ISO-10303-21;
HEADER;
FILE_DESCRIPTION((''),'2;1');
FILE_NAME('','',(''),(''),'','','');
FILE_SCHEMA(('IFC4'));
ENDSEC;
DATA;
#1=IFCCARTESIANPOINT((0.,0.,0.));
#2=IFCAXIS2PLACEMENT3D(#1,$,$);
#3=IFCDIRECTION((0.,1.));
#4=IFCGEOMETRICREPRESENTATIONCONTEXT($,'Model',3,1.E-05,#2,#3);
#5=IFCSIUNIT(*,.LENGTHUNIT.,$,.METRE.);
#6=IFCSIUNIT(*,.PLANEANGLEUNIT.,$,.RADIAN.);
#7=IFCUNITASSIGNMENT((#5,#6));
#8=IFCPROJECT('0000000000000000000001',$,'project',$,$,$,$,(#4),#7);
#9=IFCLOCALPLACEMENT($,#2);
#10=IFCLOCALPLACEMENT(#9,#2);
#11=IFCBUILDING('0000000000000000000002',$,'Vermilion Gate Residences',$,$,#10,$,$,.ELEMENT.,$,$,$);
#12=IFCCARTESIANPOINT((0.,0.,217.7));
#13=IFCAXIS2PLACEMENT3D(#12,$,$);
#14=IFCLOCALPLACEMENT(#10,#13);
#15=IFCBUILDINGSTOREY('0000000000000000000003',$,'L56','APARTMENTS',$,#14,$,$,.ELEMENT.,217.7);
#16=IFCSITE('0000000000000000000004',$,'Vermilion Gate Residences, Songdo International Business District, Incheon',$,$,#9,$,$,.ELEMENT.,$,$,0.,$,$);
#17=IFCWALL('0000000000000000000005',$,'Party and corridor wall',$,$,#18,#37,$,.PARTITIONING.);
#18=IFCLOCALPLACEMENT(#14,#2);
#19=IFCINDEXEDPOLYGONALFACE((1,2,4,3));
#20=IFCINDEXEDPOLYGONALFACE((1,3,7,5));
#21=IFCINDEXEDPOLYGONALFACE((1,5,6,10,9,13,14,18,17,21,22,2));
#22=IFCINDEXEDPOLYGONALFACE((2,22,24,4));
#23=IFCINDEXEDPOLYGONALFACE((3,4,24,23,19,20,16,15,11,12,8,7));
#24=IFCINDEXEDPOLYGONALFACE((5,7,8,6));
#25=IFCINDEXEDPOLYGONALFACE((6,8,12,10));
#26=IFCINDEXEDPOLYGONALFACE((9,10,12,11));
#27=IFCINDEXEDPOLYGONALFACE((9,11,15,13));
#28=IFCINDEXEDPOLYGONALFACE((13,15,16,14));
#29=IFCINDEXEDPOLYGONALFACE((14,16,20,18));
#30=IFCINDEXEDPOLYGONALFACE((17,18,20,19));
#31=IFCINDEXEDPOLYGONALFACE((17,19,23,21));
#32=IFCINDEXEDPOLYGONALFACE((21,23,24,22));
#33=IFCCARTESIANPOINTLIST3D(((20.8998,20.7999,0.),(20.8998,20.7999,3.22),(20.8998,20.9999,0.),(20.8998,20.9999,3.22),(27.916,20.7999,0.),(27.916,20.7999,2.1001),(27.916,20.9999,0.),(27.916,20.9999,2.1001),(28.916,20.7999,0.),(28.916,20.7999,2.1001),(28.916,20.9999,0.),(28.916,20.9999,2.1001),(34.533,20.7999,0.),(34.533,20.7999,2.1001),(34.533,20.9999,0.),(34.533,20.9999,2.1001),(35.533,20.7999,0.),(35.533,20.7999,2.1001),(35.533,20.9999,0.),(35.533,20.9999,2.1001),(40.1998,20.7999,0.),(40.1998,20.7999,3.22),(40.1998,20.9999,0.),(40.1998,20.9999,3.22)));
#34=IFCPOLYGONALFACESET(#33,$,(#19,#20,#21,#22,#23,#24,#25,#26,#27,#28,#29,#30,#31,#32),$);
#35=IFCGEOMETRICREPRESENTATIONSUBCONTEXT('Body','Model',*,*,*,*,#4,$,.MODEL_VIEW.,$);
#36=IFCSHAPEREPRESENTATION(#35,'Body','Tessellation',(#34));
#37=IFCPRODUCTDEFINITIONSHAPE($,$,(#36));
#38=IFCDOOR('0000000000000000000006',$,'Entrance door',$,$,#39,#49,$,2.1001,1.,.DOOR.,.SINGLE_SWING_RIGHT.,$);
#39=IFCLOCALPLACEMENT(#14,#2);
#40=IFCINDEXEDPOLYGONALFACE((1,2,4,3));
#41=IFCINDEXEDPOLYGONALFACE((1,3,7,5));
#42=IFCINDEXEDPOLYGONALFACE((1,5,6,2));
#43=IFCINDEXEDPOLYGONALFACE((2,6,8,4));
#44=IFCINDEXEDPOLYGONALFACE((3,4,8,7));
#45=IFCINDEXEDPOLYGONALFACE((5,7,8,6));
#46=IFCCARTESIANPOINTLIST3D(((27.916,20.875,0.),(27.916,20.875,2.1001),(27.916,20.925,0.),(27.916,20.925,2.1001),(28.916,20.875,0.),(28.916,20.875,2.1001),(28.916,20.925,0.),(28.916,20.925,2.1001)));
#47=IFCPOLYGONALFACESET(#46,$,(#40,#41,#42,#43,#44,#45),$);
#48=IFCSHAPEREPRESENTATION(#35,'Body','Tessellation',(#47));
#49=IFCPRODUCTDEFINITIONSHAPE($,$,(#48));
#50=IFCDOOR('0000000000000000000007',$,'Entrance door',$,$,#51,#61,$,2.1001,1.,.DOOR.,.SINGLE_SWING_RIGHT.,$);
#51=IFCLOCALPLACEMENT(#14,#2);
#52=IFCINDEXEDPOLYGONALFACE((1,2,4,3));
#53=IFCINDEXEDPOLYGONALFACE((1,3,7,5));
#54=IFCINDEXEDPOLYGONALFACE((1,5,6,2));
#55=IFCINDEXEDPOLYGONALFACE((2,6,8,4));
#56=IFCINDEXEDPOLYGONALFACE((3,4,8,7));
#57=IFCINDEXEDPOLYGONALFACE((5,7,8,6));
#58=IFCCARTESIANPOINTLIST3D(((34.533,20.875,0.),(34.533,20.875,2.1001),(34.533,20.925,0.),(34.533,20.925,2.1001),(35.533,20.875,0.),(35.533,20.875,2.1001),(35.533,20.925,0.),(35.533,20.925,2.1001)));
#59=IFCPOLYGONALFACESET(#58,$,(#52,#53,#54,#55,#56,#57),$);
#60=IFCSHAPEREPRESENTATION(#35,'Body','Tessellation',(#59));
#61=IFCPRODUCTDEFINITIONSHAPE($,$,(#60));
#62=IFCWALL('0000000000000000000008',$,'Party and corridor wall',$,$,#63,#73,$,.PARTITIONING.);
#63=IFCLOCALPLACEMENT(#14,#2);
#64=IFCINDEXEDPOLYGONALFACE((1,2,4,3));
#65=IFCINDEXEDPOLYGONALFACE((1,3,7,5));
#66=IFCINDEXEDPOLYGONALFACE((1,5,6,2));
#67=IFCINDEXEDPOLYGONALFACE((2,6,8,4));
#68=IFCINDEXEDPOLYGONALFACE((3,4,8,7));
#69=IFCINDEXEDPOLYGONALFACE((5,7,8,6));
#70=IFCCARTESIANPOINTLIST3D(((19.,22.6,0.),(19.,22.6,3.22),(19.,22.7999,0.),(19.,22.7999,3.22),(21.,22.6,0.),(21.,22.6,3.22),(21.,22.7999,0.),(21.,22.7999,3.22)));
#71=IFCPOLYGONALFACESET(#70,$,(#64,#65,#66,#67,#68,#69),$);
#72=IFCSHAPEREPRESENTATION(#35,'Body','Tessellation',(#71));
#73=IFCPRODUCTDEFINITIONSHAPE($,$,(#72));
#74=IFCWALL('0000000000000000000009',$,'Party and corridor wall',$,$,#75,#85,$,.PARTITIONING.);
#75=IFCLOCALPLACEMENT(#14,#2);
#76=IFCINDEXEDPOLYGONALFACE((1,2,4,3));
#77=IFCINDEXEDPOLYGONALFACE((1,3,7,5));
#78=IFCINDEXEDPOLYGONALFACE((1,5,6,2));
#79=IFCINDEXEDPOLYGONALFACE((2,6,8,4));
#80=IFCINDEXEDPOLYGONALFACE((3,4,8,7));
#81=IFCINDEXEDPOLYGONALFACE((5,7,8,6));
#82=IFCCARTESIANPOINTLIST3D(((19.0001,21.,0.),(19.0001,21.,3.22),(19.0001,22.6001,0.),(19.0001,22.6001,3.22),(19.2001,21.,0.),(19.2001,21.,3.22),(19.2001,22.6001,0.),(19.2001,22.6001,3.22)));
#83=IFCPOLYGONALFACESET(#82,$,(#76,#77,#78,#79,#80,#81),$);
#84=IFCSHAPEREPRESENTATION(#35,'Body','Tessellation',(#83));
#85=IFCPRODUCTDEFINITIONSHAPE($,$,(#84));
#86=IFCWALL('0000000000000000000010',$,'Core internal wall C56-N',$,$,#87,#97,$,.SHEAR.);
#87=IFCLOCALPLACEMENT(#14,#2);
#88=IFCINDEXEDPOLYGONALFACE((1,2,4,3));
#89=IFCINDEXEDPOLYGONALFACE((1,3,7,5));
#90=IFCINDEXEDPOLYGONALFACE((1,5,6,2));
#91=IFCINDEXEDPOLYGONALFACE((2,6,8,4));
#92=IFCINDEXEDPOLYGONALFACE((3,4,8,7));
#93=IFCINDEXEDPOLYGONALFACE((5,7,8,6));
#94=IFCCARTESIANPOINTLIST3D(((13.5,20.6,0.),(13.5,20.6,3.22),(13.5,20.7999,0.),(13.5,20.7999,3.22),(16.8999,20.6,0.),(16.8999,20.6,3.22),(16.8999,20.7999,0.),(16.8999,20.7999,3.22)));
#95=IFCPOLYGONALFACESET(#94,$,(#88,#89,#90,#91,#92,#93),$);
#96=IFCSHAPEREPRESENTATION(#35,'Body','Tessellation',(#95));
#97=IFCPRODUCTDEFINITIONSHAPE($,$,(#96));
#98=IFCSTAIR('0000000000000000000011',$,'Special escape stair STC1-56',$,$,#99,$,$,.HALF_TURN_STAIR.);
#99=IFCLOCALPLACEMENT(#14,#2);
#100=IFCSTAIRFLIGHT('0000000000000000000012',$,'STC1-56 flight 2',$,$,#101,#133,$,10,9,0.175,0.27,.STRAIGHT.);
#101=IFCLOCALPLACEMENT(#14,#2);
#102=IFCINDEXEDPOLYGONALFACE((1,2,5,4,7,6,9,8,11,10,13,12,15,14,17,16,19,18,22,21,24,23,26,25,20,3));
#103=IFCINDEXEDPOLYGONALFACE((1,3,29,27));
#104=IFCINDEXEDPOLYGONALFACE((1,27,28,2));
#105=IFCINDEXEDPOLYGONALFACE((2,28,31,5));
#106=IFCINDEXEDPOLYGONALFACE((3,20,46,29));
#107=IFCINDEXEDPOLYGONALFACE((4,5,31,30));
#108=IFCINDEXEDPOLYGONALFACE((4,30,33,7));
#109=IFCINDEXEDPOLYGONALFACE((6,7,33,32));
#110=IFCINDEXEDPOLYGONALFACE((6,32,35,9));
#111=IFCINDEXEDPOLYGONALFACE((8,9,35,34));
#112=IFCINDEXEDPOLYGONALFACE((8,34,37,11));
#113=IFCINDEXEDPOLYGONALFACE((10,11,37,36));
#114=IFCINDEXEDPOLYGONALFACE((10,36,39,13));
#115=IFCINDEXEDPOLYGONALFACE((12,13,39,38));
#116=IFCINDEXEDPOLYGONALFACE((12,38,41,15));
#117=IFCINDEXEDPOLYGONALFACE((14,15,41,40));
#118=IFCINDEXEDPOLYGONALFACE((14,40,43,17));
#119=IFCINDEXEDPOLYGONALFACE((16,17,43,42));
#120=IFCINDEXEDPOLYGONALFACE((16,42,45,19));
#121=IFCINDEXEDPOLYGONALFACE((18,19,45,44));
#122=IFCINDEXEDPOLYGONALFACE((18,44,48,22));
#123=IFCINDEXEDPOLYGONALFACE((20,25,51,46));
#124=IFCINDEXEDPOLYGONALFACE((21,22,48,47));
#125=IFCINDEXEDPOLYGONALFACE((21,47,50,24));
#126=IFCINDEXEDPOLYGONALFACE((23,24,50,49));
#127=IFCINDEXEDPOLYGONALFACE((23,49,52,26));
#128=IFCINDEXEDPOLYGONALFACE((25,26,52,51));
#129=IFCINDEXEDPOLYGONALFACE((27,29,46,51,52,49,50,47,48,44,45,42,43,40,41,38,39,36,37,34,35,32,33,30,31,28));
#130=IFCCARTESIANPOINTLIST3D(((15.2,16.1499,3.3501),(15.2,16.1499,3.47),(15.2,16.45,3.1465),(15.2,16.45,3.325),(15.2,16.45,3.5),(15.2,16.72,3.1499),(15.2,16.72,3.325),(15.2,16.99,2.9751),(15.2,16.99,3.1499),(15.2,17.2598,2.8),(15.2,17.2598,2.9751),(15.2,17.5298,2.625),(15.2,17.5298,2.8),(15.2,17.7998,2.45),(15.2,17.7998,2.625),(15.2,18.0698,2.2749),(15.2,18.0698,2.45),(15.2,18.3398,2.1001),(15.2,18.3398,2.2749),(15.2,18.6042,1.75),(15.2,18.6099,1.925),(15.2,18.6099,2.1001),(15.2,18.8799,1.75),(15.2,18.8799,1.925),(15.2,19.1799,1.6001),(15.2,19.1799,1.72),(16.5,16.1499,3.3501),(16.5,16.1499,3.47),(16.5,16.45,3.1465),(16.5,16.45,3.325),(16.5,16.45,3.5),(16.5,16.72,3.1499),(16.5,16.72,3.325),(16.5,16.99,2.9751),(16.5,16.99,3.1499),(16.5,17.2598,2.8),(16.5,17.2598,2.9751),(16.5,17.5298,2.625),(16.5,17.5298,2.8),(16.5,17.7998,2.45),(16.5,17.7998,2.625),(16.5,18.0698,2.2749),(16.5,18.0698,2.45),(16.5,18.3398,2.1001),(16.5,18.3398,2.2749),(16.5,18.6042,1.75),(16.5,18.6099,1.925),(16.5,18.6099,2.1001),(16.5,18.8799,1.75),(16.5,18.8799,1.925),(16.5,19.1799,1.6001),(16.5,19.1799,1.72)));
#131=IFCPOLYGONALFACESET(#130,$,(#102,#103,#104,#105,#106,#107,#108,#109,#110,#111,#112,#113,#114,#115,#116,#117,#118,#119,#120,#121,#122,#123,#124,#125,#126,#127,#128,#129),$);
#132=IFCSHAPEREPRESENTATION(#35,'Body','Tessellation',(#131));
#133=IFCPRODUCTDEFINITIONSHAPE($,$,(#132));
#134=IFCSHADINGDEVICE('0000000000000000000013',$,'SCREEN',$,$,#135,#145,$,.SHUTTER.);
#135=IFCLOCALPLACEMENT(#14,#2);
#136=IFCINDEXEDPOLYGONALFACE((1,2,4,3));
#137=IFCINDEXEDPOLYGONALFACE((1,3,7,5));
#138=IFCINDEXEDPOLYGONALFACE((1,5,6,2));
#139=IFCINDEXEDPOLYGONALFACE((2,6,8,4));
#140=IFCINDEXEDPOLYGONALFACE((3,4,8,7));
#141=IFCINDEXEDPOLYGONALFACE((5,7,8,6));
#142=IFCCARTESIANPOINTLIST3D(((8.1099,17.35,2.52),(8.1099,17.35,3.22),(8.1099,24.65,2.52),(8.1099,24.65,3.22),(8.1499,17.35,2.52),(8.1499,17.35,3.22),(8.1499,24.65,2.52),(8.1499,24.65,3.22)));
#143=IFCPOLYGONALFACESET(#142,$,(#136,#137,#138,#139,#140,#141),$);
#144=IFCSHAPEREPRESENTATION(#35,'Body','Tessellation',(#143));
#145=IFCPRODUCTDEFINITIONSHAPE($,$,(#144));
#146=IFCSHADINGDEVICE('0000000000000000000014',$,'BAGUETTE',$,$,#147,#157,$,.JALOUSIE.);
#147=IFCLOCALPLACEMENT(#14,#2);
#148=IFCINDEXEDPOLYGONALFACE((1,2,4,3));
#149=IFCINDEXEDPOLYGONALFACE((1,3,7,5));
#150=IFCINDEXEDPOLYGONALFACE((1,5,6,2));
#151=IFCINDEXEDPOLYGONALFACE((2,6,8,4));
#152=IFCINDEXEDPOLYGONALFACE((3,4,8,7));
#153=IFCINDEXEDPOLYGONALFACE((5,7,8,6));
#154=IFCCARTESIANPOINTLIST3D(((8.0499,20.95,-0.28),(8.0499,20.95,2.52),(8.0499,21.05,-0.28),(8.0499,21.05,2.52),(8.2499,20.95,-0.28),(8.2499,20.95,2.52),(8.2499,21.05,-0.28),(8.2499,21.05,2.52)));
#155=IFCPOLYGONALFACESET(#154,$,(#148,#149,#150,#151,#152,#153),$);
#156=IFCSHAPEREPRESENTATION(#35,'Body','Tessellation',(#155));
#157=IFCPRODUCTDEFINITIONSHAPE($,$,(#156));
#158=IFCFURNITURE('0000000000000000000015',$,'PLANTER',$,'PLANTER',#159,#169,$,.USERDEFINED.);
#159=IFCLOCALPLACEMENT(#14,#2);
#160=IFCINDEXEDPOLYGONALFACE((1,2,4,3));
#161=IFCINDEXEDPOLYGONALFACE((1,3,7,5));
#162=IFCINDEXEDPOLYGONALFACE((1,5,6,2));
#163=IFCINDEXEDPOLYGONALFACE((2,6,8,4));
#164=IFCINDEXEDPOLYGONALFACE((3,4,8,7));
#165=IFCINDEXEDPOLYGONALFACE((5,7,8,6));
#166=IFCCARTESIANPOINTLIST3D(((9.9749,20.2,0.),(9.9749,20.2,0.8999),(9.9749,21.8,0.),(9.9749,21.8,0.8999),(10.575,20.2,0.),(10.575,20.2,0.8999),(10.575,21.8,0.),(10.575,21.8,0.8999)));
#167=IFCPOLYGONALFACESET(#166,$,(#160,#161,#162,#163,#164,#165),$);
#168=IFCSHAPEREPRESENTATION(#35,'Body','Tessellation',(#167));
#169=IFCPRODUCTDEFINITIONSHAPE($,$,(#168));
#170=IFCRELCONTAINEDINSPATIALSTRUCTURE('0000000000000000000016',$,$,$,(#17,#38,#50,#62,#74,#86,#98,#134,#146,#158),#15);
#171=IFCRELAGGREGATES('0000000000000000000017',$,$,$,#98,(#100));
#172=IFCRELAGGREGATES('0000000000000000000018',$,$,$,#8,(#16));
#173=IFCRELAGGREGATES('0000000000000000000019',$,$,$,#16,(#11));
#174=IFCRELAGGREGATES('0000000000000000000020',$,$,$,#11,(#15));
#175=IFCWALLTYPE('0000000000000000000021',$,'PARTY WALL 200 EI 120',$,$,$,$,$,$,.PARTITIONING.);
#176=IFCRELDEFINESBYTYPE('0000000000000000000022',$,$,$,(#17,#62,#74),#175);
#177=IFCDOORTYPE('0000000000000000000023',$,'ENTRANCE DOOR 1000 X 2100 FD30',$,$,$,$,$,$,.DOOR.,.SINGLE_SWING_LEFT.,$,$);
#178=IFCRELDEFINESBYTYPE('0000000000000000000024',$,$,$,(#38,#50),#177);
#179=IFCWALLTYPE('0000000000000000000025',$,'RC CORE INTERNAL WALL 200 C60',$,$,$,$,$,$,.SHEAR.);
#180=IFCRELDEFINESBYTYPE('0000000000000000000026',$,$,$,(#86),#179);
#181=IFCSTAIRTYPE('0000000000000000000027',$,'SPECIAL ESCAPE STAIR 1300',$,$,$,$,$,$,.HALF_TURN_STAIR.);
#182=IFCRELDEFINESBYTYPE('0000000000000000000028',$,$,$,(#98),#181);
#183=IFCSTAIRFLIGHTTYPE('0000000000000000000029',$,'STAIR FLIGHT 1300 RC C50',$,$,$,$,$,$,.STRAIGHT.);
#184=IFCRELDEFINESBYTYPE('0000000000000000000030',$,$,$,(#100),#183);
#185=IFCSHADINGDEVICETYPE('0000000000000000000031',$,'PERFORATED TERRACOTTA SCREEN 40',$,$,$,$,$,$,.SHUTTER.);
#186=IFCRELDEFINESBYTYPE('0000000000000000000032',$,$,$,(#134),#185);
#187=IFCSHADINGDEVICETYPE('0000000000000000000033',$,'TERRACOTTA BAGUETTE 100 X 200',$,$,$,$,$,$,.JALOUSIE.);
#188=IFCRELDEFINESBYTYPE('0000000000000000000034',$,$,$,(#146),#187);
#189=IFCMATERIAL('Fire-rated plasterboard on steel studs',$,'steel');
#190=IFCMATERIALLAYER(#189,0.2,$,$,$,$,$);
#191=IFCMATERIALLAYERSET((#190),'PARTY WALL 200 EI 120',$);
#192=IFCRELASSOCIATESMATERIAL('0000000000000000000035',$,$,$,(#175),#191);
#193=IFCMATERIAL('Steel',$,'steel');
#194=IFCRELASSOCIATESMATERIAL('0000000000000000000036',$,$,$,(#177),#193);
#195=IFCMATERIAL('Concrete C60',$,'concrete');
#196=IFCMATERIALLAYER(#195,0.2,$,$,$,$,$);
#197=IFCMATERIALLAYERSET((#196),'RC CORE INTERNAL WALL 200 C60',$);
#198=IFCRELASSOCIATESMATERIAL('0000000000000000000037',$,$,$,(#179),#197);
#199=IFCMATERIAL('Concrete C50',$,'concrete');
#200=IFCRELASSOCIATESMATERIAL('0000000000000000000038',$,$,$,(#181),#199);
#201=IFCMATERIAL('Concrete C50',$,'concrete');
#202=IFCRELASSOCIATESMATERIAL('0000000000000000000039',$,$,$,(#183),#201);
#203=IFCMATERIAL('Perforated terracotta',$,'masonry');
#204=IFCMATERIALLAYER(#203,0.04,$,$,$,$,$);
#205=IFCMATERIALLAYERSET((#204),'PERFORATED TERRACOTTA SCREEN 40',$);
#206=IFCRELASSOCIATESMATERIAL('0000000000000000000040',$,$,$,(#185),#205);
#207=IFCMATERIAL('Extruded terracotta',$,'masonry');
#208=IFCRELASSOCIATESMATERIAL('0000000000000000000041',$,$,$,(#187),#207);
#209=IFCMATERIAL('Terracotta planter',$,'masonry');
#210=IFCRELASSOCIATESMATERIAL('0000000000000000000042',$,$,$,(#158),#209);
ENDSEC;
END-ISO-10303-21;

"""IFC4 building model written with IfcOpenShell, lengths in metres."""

from ifc_helpers import new_model, si_unit, direction, frame, frame_2d, origin, origin_2d, place, context, subcontext, project, spatial, polyline, rectangle, outline, extrude, material, layer, layer_set, material_profile, profile_set, type_object, element, fill, aggregate, save


model = new_model("IFC4")

# Units and contexts
model_context = context("Model", 3, precision=1e-05, world=origin(), true_north=direction((0.0, 1.0)))
body_context = subcontext(model_context, "Body", "Model", "MODEL_VIEW")
ifc_project = project(units=[si_unit("LENGTHUNIT", "METRE"), si_unit("PLANEANGLEUNIT", "RADIAN")], contexts=[model_context])

# Site, building, storey
site_placement = place(None, origin())
site = spatial("IfcSite", under=ifc_project, at=site_placement, Name="Vermilion Gate Residences, Songdo International Business District, Incheon", CompositionType="ELEMENT", RefElevation=0.0)
building_placement = place(site_placement, origin())
building = spatial("IfcBuilding", under=site, at=building_placement, Name="Vermilion Gate Residences", CompositionType="ELEMENT")
storey_placement = place(building_placement, frame((0.0, 0.0, 217.7)))
storey = spatial("IfcBuildingStorey", under=building, at=storey_placement, Name="L56", Description="APARTMENTS", CompositionType="ELEMENT", Elevation=217.7)

# Shared definitions
ifc_material_1 = material(Name="Fire-rated plasterboard on steel studs", Category="steel")
ifc_layer_1 = layer(ifc_material_1, 0.2)
ifc_layer_set_1 = layer_set([ifc_layer_1], Name="PARTY WALL 200 EI 120")
wall_type_1 = type_object("IfcWallType", Name="PARTY WALL 200 EI 120", PredefinedType="PARTITIONING", material=ifc_layer_set_1)

# Wall, openings, doors
wall_1_placement = place(storey_placement, frame((20.8999, 20.8999, 0.0), z_axis=(0.0, 0.0, 1.0), x_axis=(1.0, 0.0, 0.0)))
wall_1 = element("IfcWall", 1, at=wall_1_placement, inside=storey, type_object=wall_type_1, Name="Party and corridor wall", PredefinedType="PARTITIONING", context=body_context, shape_type="SweptSolid", body=[
    extrude(rectangle(XDim=19.3, YDim=0.2, at=frame_2d((9.6499, 0.0))), origin(), (0.0, 0.0, 1.0), 3.22),
])
opening_1_placement = place(wall_1_placement, frame((7.0161, 0.0, 0.0)))
opening_1 = element("IfcOpeningElement", 2, at=opening_1_placement, cuts=wall_1, PredefinedType="OPENING", context=body_context, shape_type="SweptSolid", body=[
    extrude(rectangle(XDim=1.0, YDim=2.1001, at=frame_2d((0.5, 1.05))), frame((0.0, 0.1099, 0.0), z_axis=(0.0, -1.0, 0.0), x_axis=(1.0, 0.0, 0.0)), (0.0, 0.0, 1.0), 0.22),
])
opening_2_placement = place(wall_1_placement, frame((13.6331, 0.0, 0.0)))
opening_2 = element("IfcOpeningElement", 3, at=opening_2_placement, cuts=wall_1, PredefinedType="OPENING", context=body_context, shape_type="SweptSolid", body=[
    extrude(rectangle(XDim=1.0, YDim=2.1001, at=frame_2d((0.5, 1.05))), frame((0.0, 0.1099, 0.0), z_axis=(0.0, -1.0, 0.0), x_axis=(1.0, 0.0, 0.0)), (0.0, 0.0, 1.0), 0.22),
])
ifc_material_2 = material(Name="Steel", Category="steel")
door_type_1 = type_object("IfcDoorType", Name="ENTRANCE DOOR 1000 X 2100 FD30", OperationType="SINGLE_SWING_LEFT", PredefinedType="DOOR", material=ifc_material_2)
door_1_placement = place(opening_1_placement, frame((1.0, 0.0, 0.0), z_axis=(0.0, 0.0, 1.0), x_axis=(-1.0, 0.0, 0.0)))
door_1 = element("IfcDoor", 4, at=door_1_placement, inside=storey, type_object=door_type_1, Name="Entrance door", OperationType="SINGLE_SWING_RIGHT", OverallHeight=2.1001, OverallWidth=1.0, PredefinedType="DOOR", context=body_context, shape_type="SweptSolid", body=[
    extrude(rectangle(XDim=1.0, YDim=2.1001, at=frame_2d((0.5, 1.05))), frame((0.0, 0.0249, 0.0), z_axis=(0.0, -1.0, 0.0), x_axis=(1.0, 0.0, 0.0)), (0.0, 0.0, 1.0), 0.05),
])
fill(opening_1, door_1)
door_2_placement = place(opening_2_placement, frame((1.0, 0.0, 0.0), z_axis=(0.0, 0.0, 1.0), x_axis=(-1.0, 0.0, 0.0)))
door_2 = element("IfcDoor", 5, at=door_2_placement, inside=storey, type_object=door_type_1, Name="Entrance door", OperationType="SINGLE_SWING_RIGHT", OverallHeight=2.1001, OverallWidth=1.0, PredefinedType="DOOR", context=body_context, shape_type="SweptSolid", body=[
    extrude(rectangle(XDim=1.0, YDim=2.1001, at=frame_2d((0.5, 1.05))), frame((0.0, 0.0249, 0.0), z_axis=(0.0, -1.0, 0.0), x_axis=(1.0, 0.0, 0.0)), (0.0, 0.0, 1.0), 0.05),
])
fill(opening_2, door_2)

# Walls
wall_2_placement = place(storey_placement, frame((19.0, 22.7, 0.0), z_axis=(0.0, 0.0, 1.0), x_axis=(1.0, 0.0, 0.0)))
element("IfcWall", 6, at=wall_2_placement, inside=storey, type_object=wall_type_1, Name="Party and corridor wall", PredefinedType="PARTITIONING", context=body_context, shape_type="SweptSolid", body=[
    extrude(rectangle(XDim=2.0, YDim=0.2, at=frame_2d((1.0, 0.0))), origin(), (0.0, 0.0, 1.0), 3.22),
])
wall_3_placement = place(storey_placement, frame((19.1001, 21.0, 0.0), z_axis=(0.0, 0.0, 1.0), x_axis=(0.0, 1.0, 0.0)))
element("IfcWall", 7, at=wall_3_placement, inside=storey, type_object=wall_type_1, Name="Party and corridor wall", PredefinedType="PARTITIONING", context=body_context, shape_type="SweptSolid", body=[
    extrude(rectangle(XDim=1.6001, YDim=0.2, at=frame_2d((0.8, 0.0))), origin(), (0.0, 0.0, 1.0), 3.22),
])
ifc_material_3 = material(Name="Concrete C60", Category="concrete")
ifc_layer_2 = layer(ifc_material_3, 0.2)
ifc_layer_set_2 = layer_set([ifc_layer_2], Name="RC CORE INTERNAL WALL 200 C60")
wall_type_2 = type_object("IfcWallType", Name="RC CORE INTERNAL WALL 200 C60", PredefinedType="SHEAR", material=ifc_layer_set_2)
wall_4_placement = place(storey_placement, frame((13.5, 20.7, 0.0), z_axis=(0.0, 0.0, 1.0), x_axis=(1.0, 0.0, 0.0)))
element("IfcWall", 8, at=wall_4_placement, inside=storey, type_object=wall_type_2, Name="Core internal wall C56-N", PredefinedType="SHEAR", context=body_context, shape_type="SweptSolid", body=[
    extrude(rectangle(XDim=3.3999, YDim=0.2, at=frame_2d((1.7, 0.0))), origin(), (0.0, 0.0, 1.0), 3.22),
])

# Stair, stair flight
ifc_material_4 = material(Name="Concrete C50", Category="concrete")
stair_type = type_object("IfcStairType", Name="SPECIAL ESCAPE STAIR 1300", PredefinedType="HALF_TURN_STAIR", material=ifc_material_4)
stair_placement = place(storey_placement, origin())
stair = element("IfcStair", 9, at=stair_placement, inside=storey, type_object=stair_type, Name="Special escape stair STC1-56", PredefinedType="HALF_TURN_STAIR")
ifc_material_5 = material(Name="Concrete C50", Category="concrete")
stair_flight_type = type_object("IfcStairFlightType", Name="STAIR FLIGHT 1300 RC C50", PredefinedType="STRAIGHT", material=ifc_material_5)
stair_flight_placement = place(storey_placement, frame((15.8501, 18.8799, 1.75), z_axis=(0.0, 0.0, 1.0), x_axis=(0.0, -1.0, 0.0)))
stair_flight = element("IfcStairFlight", 10, at=stair_flight_placement, type_object=stair_flight_type, Name="STC1-56 flight 2", NumberOfRisers=10, NumberOfTreads=9, PredefinedType="STRAIGHT", RiserHeight=0.175, TreadLength=0.27, context=body_context, shape_type="SweptSolid", body=[
    extrude(outline(polyline([(-0.3, -0.1499), (-0.3, -0.03), (0.0, 0.0), (0.0, 0.175), (0.27, 0.175), (0.27, 0.3501), (0.54, 0.3501), (0.54, 0.5249), (0.8101, 0.5249), (0.8101, 0.7), (1.0801, 0.7), (1.0801, 0.875), (1.3501, 0.875), (1.3501, 1.05), (1.6201, 1.05), (1.6201, 1.2251), (1.8899, 1.2251), (1.8899, 1.3999), (2.1599, 1.3999), (2.1599, 1.575), (2.4299, 1.575), (2.4299, 1.75), (2.73, 1.72), (2.73, 1.6001), (2.4299, 1.3965), (0.2756, 0.0), (-0.3, -0.1499)])), frame((0.0, 0.6499, 0.0), z_axis=(0.0, -1.0, 0.0), x_axis=(1.0, 0.0, 0.0)), (0.0, 0.0, 1.0), 1.3),
])
aggregate(stair, [stair_flight])

# Shading devices
ifc_material_6 = material(Name="Perforated terracotta", Category="masonry")
ifc_layer_3 = layer(ifc_material_6, 0.04)
ifc_layer_set_3 = layer_set([ifc_layer_3], Name="PERFORATED TERRACOTTA SCREEN 40")
shading_device_type_1 = type_object("IfcShadingDeviceType", Name="PERFORATED TERRACOTTA SCREEN 40", PredefinedType="SHUTTER", material=ifc_layer_set_3)
shading_device_1_placement = place(storey_placement, frame((8.1299, 21.0, 2.52), z_axis=(0.0, 0.0, 1.0), x_axis=(0.0, -1.0, 0.0)))
element("IfcShadingDevice", 11, at=shading_device_1_placement, inside=storey, type_object=shading_device_type_1, Name="SCREEN", PredefinedType="SHUTTER", context=body_context, shape_type="SweptSolid", body=[
    extrude(rectangle(XDim=7.3, YDim=0.04, at=origin_2d()), origin(), (0.0, 0.0, 1.0), 0.7),
])
ifc_material_7 = material(Name="Extruded terracotta", Category="masonry")
ifc_material_profile_1 = material_profile(ifc_material_7, rectangle(XDim=0.2, YDim=0.1001, at=origin_2d()), Name="BAGUETTE 100 X 200")
ifc_profile_set_1 = profile_set([ifc_material_profile_1], Name="Extruded terracotta")
shading_device_type_2 = type_object("IfcShadingDeviceType", Name="TERRACOTTA BAGUETTE 100 X 200", PredefinedType="JALOUSIE", material=ifc_profile_set_1)
shading_device_2_placement = place(storey_placement, frame((8.1499, 21.0, -0.28), z_axis=(0.0, 0.0, 1.0), x_axis=(1.0, 0.0, 0.0)))
element("IfcShadingDevice", 12, at=shading_device_2_placement, inside=storey, type_object=shading_device_type_2, Name="BAGUETTE", PredefinedType="JALOUSIE", context=body_context, shape_type="SweptSolid", body=[
    extrude(rectangle(XDim=0.2, YDim=0.1001, at=origin_2d()), origin(), (0.0, 0.0, 1.0), 2.8),
])

# Furniture
ifc_material_8 = material(Name="Terracotta planter", Category="masonry")
furniture_placement = place(storey_placement, frame((10.2749, 21.0, 0.0), z_axis=(0.0, 0.0, 1.0), x_axis=(0.0, -1.0, 0.0)))
element("IfcFurniture", 13, at=furniture_placement, inside=storey, material=ifc_material_8, Name="PLANTER", ObjectType="PLANTER", PredefinedType="USERDEFINED", context=body_context, shape_type="SweptSolid", body=[
    extrude(rectangle(XDim=1.6001, YDim=0.6001, at=origin_2d()), origin(), (0.0, 0.0, 1.0), 0.8999),
])

save(model, "model.ifc")
